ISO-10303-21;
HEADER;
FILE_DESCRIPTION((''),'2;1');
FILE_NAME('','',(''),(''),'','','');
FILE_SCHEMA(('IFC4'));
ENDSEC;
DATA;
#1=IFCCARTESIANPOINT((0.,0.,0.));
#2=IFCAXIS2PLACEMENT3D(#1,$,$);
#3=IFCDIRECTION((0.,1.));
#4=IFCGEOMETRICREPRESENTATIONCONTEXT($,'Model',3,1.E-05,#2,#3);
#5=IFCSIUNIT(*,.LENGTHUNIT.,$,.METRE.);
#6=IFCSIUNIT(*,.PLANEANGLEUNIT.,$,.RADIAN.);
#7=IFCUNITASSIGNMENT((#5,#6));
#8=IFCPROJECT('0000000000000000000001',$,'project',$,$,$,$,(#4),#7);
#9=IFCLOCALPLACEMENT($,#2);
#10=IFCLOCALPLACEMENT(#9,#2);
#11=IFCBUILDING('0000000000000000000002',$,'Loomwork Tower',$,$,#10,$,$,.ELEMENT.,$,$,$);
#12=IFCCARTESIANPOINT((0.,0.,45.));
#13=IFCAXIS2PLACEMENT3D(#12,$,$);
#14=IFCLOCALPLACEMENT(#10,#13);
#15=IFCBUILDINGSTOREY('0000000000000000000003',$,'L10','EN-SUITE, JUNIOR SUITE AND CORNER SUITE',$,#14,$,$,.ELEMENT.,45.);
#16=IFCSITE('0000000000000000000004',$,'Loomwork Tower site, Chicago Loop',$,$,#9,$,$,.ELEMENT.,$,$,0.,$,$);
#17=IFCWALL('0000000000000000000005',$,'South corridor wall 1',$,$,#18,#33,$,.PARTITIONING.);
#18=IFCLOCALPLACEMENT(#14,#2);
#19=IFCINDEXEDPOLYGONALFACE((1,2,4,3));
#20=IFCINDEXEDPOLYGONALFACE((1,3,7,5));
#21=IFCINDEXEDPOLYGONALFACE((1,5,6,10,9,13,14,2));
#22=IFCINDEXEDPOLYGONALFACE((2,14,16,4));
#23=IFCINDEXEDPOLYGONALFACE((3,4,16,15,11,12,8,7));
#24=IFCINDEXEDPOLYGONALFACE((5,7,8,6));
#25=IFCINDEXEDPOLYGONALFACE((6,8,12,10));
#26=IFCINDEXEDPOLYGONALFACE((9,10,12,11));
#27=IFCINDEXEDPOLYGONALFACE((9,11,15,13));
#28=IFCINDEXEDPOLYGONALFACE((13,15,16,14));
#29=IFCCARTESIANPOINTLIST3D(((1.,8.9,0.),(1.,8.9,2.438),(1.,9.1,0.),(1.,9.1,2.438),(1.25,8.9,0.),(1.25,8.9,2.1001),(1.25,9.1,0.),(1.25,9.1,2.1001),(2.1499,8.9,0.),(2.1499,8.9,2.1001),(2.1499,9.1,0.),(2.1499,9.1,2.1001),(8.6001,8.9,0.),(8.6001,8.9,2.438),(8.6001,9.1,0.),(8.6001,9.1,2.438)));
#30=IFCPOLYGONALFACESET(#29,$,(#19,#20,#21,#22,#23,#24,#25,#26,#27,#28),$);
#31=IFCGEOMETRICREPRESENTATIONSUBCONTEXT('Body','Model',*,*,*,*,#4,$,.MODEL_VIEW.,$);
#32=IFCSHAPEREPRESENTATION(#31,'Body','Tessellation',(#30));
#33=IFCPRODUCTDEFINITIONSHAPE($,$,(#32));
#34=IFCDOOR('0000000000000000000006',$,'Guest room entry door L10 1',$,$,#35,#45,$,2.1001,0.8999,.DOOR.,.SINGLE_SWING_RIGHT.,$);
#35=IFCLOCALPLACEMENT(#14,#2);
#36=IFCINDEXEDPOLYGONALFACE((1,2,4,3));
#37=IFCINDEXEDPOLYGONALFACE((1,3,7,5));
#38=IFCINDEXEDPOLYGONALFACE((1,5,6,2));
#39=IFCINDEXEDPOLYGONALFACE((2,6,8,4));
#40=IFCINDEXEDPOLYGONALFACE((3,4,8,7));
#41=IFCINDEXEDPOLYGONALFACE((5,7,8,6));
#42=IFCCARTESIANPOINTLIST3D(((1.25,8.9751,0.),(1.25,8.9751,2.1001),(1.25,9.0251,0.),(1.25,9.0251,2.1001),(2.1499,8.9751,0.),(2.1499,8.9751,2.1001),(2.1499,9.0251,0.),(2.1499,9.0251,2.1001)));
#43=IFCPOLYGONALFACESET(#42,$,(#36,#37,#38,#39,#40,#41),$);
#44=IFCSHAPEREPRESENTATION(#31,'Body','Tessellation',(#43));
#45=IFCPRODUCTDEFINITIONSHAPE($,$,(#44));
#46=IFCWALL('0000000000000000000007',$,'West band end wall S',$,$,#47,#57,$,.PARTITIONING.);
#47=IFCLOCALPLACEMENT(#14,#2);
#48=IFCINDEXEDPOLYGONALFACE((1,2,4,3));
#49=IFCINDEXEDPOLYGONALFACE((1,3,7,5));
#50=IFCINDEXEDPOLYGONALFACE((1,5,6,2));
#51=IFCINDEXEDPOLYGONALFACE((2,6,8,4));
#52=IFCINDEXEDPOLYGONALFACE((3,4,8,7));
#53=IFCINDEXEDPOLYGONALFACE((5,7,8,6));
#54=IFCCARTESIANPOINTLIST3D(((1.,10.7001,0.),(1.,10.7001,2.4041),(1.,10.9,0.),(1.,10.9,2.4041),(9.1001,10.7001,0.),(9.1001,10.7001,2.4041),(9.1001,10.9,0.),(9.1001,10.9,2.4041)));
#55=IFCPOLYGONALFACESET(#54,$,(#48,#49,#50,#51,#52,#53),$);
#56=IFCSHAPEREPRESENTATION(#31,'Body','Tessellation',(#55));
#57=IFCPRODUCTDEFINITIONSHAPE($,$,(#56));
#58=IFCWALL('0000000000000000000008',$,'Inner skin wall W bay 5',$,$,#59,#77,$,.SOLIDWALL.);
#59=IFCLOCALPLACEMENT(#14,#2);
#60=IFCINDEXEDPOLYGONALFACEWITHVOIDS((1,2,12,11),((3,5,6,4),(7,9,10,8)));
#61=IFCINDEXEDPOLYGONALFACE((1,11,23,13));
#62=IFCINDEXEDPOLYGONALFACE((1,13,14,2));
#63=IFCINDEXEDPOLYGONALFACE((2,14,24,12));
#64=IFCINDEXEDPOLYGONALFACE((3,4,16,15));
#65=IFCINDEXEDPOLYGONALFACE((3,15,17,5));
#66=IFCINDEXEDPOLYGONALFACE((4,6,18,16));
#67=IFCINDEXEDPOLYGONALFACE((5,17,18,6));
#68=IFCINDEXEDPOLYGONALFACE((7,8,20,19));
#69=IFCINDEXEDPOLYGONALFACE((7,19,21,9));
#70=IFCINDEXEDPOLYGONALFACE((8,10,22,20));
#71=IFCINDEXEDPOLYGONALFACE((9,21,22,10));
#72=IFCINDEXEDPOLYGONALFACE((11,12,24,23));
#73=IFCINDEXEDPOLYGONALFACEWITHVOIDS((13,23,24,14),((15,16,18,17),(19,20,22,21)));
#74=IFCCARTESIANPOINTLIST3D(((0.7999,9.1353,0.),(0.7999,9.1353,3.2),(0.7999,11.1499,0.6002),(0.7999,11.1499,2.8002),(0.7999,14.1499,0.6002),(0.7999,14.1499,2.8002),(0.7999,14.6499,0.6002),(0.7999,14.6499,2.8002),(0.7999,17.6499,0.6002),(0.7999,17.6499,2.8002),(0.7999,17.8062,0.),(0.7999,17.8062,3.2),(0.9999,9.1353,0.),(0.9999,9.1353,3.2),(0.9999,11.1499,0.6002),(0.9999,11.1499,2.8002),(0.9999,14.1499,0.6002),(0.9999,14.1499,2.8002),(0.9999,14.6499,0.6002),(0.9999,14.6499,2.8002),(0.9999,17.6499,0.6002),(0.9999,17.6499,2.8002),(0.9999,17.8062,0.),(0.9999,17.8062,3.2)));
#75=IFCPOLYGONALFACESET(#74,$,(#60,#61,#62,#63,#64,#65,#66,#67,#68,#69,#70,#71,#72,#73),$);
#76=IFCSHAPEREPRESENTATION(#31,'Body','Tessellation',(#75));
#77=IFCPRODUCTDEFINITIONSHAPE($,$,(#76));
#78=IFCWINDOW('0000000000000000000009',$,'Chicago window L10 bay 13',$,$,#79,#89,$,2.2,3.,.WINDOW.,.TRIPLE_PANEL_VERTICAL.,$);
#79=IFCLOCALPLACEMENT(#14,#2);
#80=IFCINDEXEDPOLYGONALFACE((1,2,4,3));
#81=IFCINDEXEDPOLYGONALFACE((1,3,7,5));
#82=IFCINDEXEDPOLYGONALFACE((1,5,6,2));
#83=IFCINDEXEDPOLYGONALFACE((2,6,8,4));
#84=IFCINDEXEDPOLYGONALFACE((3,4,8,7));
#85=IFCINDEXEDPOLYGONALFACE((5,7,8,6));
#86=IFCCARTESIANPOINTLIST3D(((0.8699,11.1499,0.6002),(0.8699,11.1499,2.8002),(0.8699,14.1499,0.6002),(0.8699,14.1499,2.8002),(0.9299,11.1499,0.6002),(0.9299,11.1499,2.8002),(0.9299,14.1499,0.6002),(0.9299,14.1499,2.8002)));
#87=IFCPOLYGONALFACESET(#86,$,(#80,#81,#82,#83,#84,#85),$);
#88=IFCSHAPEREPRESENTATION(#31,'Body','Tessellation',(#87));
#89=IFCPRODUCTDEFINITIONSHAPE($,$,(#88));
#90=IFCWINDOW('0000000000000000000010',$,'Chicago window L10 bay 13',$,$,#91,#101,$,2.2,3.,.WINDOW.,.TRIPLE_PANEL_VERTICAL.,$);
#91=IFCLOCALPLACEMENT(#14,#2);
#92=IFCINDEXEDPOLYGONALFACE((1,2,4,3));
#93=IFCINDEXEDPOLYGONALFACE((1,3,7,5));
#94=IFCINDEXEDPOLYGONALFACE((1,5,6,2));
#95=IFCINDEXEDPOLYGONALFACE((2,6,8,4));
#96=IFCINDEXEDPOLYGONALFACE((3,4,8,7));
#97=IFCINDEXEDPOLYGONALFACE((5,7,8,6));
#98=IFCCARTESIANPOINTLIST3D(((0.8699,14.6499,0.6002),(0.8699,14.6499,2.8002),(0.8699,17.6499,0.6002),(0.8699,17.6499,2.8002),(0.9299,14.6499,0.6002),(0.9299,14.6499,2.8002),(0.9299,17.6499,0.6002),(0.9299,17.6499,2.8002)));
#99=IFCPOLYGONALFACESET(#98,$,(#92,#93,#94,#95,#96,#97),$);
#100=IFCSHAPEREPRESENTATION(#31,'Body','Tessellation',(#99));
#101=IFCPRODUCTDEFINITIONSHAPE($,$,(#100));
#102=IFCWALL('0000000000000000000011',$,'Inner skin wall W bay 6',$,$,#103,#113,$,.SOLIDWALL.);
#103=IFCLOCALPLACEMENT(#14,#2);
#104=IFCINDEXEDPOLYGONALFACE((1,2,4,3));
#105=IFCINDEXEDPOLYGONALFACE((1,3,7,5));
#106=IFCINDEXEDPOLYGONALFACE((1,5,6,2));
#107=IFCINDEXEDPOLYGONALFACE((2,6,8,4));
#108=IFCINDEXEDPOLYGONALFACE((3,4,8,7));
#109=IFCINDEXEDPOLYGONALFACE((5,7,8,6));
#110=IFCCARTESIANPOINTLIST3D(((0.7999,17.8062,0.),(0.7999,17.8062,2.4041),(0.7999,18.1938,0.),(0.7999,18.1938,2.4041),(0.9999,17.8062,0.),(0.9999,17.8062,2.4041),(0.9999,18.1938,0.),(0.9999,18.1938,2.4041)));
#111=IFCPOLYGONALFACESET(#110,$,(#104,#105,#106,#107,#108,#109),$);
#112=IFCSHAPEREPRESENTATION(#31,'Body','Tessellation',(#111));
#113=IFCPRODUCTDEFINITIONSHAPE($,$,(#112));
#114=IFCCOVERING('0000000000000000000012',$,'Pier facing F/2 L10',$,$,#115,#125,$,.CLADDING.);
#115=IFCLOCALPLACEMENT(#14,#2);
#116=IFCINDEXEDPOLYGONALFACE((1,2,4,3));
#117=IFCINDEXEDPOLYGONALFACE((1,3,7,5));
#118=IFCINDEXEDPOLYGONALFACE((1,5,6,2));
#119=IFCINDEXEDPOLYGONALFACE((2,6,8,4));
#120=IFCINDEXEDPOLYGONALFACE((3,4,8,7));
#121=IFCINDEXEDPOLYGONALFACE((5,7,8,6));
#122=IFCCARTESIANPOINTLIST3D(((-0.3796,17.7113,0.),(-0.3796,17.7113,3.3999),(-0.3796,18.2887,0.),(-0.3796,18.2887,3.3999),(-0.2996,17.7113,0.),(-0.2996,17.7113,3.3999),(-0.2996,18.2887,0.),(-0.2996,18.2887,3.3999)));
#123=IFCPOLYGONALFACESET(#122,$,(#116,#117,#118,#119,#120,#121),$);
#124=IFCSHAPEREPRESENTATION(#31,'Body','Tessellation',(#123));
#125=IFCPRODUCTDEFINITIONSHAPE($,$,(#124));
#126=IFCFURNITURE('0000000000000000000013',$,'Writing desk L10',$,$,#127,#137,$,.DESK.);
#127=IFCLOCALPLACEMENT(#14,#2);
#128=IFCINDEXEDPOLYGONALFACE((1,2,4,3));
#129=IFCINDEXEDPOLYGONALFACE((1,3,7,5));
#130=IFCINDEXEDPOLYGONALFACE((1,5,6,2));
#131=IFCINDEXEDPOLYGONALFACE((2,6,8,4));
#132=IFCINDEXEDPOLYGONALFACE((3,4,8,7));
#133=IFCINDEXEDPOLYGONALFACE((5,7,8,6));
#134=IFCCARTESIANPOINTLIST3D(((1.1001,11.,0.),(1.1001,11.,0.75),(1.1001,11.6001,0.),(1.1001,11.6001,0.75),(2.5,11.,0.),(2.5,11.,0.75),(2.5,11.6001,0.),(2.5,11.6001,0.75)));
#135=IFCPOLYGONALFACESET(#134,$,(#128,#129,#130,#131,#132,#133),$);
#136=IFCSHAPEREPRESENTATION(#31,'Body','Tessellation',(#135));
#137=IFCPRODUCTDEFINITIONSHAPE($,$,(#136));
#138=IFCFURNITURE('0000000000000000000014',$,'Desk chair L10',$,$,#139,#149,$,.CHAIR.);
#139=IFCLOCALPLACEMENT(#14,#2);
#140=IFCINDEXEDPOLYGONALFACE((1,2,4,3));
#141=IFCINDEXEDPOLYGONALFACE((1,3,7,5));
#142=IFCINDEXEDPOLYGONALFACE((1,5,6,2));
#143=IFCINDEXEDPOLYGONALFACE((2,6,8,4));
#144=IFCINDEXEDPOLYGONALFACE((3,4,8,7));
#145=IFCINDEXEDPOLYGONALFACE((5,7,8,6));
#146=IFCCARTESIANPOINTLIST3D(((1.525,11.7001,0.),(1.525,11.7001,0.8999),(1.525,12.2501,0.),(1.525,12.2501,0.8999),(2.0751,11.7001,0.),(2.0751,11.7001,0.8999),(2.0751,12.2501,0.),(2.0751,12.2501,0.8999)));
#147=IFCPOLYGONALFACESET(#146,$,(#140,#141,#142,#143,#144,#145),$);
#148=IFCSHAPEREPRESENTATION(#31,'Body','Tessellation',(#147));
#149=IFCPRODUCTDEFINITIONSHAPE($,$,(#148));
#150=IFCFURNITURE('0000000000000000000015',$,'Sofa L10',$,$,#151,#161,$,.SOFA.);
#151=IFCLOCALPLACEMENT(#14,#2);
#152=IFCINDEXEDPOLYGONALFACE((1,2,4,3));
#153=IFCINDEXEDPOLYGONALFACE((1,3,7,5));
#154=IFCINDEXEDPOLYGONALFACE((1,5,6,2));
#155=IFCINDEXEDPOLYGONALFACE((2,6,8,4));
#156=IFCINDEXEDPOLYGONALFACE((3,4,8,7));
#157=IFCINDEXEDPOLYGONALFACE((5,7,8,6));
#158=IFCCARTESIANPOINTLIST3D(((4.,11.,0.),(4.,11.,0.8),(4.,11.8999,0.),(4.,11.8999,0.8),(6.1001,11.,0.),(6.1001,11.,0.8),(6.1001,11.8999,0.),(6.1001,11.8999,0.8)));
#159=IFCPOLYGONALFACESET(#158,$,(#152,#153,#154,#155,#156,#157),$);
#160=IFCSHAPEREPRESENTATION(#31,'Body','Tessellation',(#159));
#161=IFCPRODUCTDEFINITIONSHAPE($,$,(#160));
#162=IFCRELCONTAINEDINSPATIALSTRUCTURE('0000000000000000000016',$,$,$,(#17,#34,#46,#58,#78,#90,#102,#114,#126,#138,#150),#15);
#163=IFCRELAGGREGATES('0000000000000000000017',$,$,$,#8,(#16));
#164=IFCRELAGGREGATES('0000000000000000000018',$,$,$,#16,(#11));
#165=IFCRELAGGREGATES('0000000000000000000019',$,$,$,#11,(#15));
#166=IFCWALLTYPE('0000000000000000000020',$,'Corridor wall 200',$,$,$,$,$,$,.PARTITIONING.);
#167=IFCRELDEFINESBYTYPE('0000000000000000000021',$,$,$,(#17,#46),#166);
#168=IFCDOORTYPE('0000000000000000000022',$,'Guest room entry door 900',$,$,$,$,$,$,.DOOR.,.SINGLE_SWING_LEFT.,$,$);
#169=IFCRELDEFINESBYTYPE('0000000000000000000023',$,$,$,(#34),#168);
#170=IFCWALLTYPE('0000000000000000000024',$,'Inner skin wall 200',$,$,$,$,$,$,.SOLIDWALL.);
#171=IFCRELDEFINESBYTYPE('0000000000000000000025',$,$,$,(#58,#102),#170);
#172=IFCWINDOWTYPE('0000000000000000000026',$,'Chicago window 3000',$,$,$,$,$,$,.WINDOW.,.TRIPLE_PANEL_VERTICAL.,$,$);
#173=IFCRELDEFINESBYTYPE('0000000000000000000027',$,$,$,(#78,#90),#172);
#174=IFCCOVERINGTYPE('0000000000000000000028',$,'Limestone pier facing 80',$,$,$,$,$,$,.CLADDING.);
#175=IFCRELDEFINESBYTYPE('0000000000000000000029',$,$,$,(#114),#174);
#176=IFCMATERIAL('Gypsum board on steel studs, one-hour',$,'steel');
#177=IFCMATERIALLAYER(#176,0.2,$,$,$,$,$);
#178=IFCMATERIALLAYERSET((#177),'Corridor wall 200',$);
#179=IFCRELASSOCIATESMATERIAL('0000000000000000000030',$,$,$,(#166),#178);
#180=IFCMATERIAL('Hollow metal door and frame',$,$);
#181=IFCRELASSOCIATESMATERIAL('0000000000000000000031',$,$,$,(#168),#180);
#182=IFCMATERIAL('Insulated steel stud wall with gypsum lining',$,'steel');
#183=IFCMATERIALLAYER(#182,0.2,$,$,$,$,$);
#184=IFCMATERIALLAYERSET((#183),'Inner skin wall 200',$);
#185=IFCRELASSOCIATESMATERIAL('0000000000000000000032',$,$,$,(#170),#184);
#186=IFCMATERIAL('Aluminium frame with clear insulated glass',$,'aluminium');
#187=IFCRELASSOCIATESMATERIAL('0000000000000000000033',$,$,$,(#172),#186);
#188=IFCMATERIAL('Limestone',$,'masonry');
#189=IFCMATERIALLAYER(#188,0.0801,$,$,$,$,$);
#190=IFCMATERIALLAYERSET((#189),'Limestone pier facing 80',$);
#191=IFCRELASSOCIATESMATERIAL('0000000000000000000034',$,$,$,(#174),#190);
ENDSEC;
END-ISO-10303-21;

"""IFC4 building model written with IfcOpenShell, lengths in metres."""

from ifc_helpers import new_model, si_unit, direction, frame, frame_2d, origin, origin_2d, place, context, subcontext, project, spatial, rectangle, extrude, material, layer, layer_set, type_object, element, fill, save


model = new_model("IFC4")

# Units and contexts
model_context = context("Model", 3, precision=1e-05, world=origin(), true_north=direction((0.0, 1.0)))
body_context = subcontext(model_context, "Body", "Model", "MODEL_VIEW")
ifc_project = project(units=[si_unit("LENGTHUNIT", "METRE"), si_unit("PLANEANGLEUNIT", "RADIAN")], contexts=[model_context])

# Site, building, storey
site_placement = place(None, origin())
site = spatial("IfcSite", under=ifc_project, at=site_placement, Name="Loomwork Tower site, Chicago Loop", CompositionType="ELEMENT", RefElevation=0.0)
building_placement = place(site_placement, origin())
building = spatial("IfcBuilding", under=site, at=building_placement, Name="Loomwork Tower", CompositionType="ELEMENT")
storey_placement = place(building_placement, frame((0.0, 0.0, 45.0)))
storey = spatial("IfcBuildingStorey", under=building, at=storey_placement, Name="L10", Description="EN-SUITE, JUNIOR SUITE AND CORNER SUITE", CompositionType="ELEMENT", Elevation=45.0)

# Wall, opening, door
ifc_material_1 = material(Name="Gypsum board on steel studs, one-hour", Category="steel")
ifc_layer_1 = layer(ifc_material_1, 0.2)
ifc_layer_set_1 = layer_set([ifc_layer_1], Name="Corridor wall 200")
wall_type_1 = type_object("IfcWallType", Name="Corridor wall 200", PredefinedType="PARTITIONING", material=ifc_layer_set_1)
wall_1_placement = place(storey_placement, frame((1.0, 9.0, 0.0), z_axis=(0.0, 0.0, 1.0), x_axis=(1.0, 0.0, 0.0)))
wall_1 = element("IfcWall", 1, at=wall_1_placement, inside=storey, type_object=wall_type_1, Name="South corridor wall 1", PredefinedType="PARTITIONING", context=body_context, shape_type="SweptSolid", body=[
    extrude(rectangle(XDim=7.6001, YDim=0.2, at=frame_2d((3.8, 0.0))), origin(), (0.0, 0.0, 1.0), 2.438),
])
opening_1_placement = place(wall_1_placement, frame((0.25, 0.0, 0.0)))
opening_1 = element("IfcOpeningElement", 2, at=opening_1_placement, cuts=wall_1, PredefinedType="OPENING", context=body_context, shape_type="SweptSolid", body=[
    extrude(rectangle(XDim=0.8999, YDim=2.1001, at=frame_2d((0.45, 1.05))), frame((0.0, 0.1099, 0.0), z_axis=(0.0, -1.0, 0.0), x_axis=(1.0, 0.0, 0.0)), (0.0, 0.0, 1.0), 0.22),
])
ifc_material_2 = material(Name="Hollow metal door and frame")
door_type = type_object("IfcDoorType", Name="Guest room entry door 900", OperationType="SINGLE_SWING_LEFT", PredefinedType="DOOR", material=ifc_material_2)
door_placement = place(opening_1_placement, frame((0.8999, 0.0, 0.0), z_axis=(0.0, 0.0, 1.0), x_axis=(-1.0, 0.0, 0.0)))
door = element("IfcDoor", 3, at=door_placement, inside=storey, type_object=door_type, Name="Guest room entry door L10 1", OperationType="SINGLE_SWING_RIGHT", OverallHeight=2.1001, OverallWidth=0.8999, PredefinedType="DOOR", context=body_context, shape_type="SweptSolid", body=[
    extrude(rectangle(XDim=0.8999, YDim=2.1001, at=frame_2d((0.45, 1.05))), frame((0.0, 0.0249, 0.0), z_axis=(0.0, -1.0, 0.0), x_axis=(1.0, 0.0, 0.0)), (0.0, 0.0, 1.0), 0.05),
])
fill(opening_1, door)

# Wall
wall_2_placement = place(storey_placement, frame((1.0, 10.8, 0.0), z_axis=(0.0, 0.0, 1.0), x_axis=(1.0, 0.0, 0.0)))
element("IfcWall", 4, at=wall_2_placement, inside=storey, type_object=wall_type_1, Name="West band end wall S", PredefinedType="PARTITIONING", context=body_context, shape_type="SweptSolid", body=[
    extrude(rectangle(XDim=8.1001, YDim=0.2, at=frame_2d((4.05, 0.0))), origin(), (0.0, 0.0, 1.0), 2.4041),
])

# Wall, openings, windows
ifc_material_3 = material(Name="Insulated steel stud wall with gypsum lining", Category="steel")
ifc_layer_2 = layer(ifc_material_3, 0.2)
ifc_layer_set_2 = layer_set([ifc_layer_2], Name="Inner skin wall 200")
wall_type_2 = type_object("IfcWallType", Name="Inner skin wall 200", PredefinedType="SOLIDWALL", material=ifc_layer_set_2)
wall_3_placement = place(storey_placement, frame((0.8999, 9.1353, 0.0), z_axis=(0.0, 0.0, 1.0), x_axis=(0.0, 1.0, 0.0)))
wall_3 = element("IfcWall", 5, at=wall_3_placement, inside=storey, type_object=wall_type_2, Name="Inner skin wall W bay 5", PredefinedType="SOLIDWALL", context=body_context, shape_type="SweptSolid", body=[
    extrude(rectangle(XDim=8.6709, YDim=0.2, at=frame_2d((4.3354, 0.0))), origin(), (0.0, 0.0, 1.0), 3.2),
])
opening_2_placement = place(wall_3_placement, frame((2.0146, 0.0, 0.6001)))
opening_2 = element("IfcOpeningElement", 6, at=opening_2_placement, cuts=wall_3, PredefinedType="OPENING", context=body_context, shape_type="SweptSolid", body=[
    extrude(rectangle(XDim=3.0, YDim=2.2, at=frame_2d((1.5, 1.1001))), frame((0.0, 0.1099, 0.0), z_axis=(0.0, -1.0, 0.0), x_axis=(1.0, 0.0, 0.0)), (0.0, 0.0, 1.0), 0.22),
])
opening_3_placement = place(wall_3_placement, frame((5.5146, 0.0, 0.6001)))
opening_3 = element("IfcOpeningElement", 7, at=opening_3_placement, cuts=wall_3, PredefinedType="OPENING", context=body_context, shape_type="SweptSolid", body=[
    extrude(rectangle(XDim=3.0, YDim=2.2, at=frame_2d((1.5, 1.1001))), frame((0.0, 0.1099, 0.0), z_axis=(0.0, -1.0, 0.0), x_axis=(1.0, 0.0, 0.0)), (0.0, 0.0, 1.0), 0.22),
])
ifc_material_4 = material(Name="Aluminium frame with clear insulated glass", Category="aluminium")
window_type = type_object("IfcWindowType", Name="Chicago window 3000", PartitioningType="TRIPLE_PANEL_VERTICAL", PredefinedType="WINDOW", material=ifc_material_4)
window_1_placement = place(opening_2_placement, origin())
window_1 = element("IfcWindow", 8, at=window_1_placement, inside=storey, type_object=window_type, Name="Chicago window L10 bay 13", OverallHeight=2.2, OverallWidth=3.0, PartitioningType="TRIPLE_PANEL_VERTICAL", PredefinedType="WINDOW", context=body_context, shape_type="SweptSolid", body=[
    extrude(rectangle(XDim=3.0, YDim=2.2, at=frame_2d((1.5, 1.1001))), frame((0.0, 0.03, 0.0), z_axis=(0.0, -1.0, 0.0), x_axis=(1.0, 0.0, 0.0)), (0.0, 0.0, 1.0), 0.0601),
])
fill(opening_2, window_1)
window_2_placement = place(opening_3_placement, origin())
window_2 = element("IfcWindow", 9, at=window_2_placement, inside=storey, type_object=window_type, Name="Chicago window L10 bay 13", OverallHeight=2.2, OverallWidth=3.0, PartitioningType="TRIPLE_PANEL_VERTICAL", PredefinedType="WINDOW", context=body_context, shape_type="SweptSolid", body=[
    extrude(rectangle(XDim=3.0, YDim=2.2, at=frame_2d((1.5, 1.1001))), frame((0.0, 0.03, 0.0), z_axis=(0.0, -1.0, 0.0), x_axis=(1.0, 0.0, 0.0)), (0.0, 0.0, 1.0), 0.0601),
])
fill(opening_3, window_2)

# Wall
wall_4_placement = place(storey_placement, frame((0.8999, 17.8062, 0.0), z_axis=(0.0, 0.0, 1.0), x_axis=(0.0, 1.0, 0.0)))
element("IfcWall", 10, at=wall_4_placement, inside=storey, type_object=wall_type_2, Name="Inner skin wall W bay 6", PredefinedType="SOLIDWALL", context=body_context, shape_type="SweptSolid", body=[
    extrude(rectangle(XDim=0.3877, YDim=0.2, at=frame_2d((0.1938, 0.0))), origin(), (0.0, 0.0, 1.0), 2.4041),
])

# Covering
ifc_material_5 = material(Name="Limestone", Category="masonry")
ifc_layer_3 = layer(ifc_material_5, 0.0801)
ifc_layer_set_3 = layer_set([ifc_layer_3], Name="Limestone pier facing 80")
covering_type = type_object("IfcCoveringType", Name="Limestone pier facing 80", PredefinedType="CLADDING", material=ifc_layer_set_3)
covering_placement = place(storey_placement, frame((-0.3396, 18.0, 0.0), z_axis=(0.0, 0.0, 1.0), x_axis=(1.0, 0.0, 0.0)))
element("IfcCovering", 11, at=covering_placement, inside=storey, type_object=covering_type, Name="Pier facing F/2 L10", PredefinedType="CLADDING", context=body_context, shape_type="SweptSolid", body=[
    extrude(rectangle(XDim=0.0801, YDim=0.5774, at=origin_2d()), origin(), (0.0, 0.0, 1.0), 3.3999),
])

# Furniture
furniture_1_placement = place(storey_placement, frame((1.8, 11.3, 0.0), z_axis=(0.0, 0.0, 1.0), x_axis=(1.0, 0.0, 0.0)))
element("IfcFurniture", 12, at=furniture_1_placement, inside=storey, Name="Writing desk L10", PredefinedType="DESK", context=body_context, shape_type="SweptSolid", body=[
    extrude(rectangle(XDim=1.3999, YDim=0.6001, at=origin_2d()), origin(), (0.0, 0.0, 1.0), 0.75),
])
furniture_2_placement = place(storey_placement, frame((1.8, 11.9751, 0.0), z_axis=(0.0, 0.0, 1.0), x_axis=(1.0, 0.0, 0.0)))
element("IfcFurniture", 13, at=furniture_2_placement, inside=storey, Name="Desk chair L10", PredefinedType="CHAIR", context=body_context, shape_type="SweptSolid", body=[
    extrude(rectangle(XDim=0.55, YDim=0.55, at=origin_2d()), origin(), (0.0, 0.0, 1.0), 0.8999),
])
furniture_3_placement = place(storey_placement, frame((5.05, 11.45, 0.0), z_axis=(0.0, 0.0, 1.0), x_axis=(1.0, 0.0, 0.0)))
element("IfcFurniture", 14, at=furniture_3_placement, inside=storey, Name="Sofa L10", PredefinedType="SOFA", context=body_context, shape_type="SweptSolid", body=[
    extrude(rectangle(XDim=2.1001, YDim=0.8999, at=origin_2d()), origin(), (0.0, 0.0, 1.0), 0.8),
])

save(model, "model.ifc")
